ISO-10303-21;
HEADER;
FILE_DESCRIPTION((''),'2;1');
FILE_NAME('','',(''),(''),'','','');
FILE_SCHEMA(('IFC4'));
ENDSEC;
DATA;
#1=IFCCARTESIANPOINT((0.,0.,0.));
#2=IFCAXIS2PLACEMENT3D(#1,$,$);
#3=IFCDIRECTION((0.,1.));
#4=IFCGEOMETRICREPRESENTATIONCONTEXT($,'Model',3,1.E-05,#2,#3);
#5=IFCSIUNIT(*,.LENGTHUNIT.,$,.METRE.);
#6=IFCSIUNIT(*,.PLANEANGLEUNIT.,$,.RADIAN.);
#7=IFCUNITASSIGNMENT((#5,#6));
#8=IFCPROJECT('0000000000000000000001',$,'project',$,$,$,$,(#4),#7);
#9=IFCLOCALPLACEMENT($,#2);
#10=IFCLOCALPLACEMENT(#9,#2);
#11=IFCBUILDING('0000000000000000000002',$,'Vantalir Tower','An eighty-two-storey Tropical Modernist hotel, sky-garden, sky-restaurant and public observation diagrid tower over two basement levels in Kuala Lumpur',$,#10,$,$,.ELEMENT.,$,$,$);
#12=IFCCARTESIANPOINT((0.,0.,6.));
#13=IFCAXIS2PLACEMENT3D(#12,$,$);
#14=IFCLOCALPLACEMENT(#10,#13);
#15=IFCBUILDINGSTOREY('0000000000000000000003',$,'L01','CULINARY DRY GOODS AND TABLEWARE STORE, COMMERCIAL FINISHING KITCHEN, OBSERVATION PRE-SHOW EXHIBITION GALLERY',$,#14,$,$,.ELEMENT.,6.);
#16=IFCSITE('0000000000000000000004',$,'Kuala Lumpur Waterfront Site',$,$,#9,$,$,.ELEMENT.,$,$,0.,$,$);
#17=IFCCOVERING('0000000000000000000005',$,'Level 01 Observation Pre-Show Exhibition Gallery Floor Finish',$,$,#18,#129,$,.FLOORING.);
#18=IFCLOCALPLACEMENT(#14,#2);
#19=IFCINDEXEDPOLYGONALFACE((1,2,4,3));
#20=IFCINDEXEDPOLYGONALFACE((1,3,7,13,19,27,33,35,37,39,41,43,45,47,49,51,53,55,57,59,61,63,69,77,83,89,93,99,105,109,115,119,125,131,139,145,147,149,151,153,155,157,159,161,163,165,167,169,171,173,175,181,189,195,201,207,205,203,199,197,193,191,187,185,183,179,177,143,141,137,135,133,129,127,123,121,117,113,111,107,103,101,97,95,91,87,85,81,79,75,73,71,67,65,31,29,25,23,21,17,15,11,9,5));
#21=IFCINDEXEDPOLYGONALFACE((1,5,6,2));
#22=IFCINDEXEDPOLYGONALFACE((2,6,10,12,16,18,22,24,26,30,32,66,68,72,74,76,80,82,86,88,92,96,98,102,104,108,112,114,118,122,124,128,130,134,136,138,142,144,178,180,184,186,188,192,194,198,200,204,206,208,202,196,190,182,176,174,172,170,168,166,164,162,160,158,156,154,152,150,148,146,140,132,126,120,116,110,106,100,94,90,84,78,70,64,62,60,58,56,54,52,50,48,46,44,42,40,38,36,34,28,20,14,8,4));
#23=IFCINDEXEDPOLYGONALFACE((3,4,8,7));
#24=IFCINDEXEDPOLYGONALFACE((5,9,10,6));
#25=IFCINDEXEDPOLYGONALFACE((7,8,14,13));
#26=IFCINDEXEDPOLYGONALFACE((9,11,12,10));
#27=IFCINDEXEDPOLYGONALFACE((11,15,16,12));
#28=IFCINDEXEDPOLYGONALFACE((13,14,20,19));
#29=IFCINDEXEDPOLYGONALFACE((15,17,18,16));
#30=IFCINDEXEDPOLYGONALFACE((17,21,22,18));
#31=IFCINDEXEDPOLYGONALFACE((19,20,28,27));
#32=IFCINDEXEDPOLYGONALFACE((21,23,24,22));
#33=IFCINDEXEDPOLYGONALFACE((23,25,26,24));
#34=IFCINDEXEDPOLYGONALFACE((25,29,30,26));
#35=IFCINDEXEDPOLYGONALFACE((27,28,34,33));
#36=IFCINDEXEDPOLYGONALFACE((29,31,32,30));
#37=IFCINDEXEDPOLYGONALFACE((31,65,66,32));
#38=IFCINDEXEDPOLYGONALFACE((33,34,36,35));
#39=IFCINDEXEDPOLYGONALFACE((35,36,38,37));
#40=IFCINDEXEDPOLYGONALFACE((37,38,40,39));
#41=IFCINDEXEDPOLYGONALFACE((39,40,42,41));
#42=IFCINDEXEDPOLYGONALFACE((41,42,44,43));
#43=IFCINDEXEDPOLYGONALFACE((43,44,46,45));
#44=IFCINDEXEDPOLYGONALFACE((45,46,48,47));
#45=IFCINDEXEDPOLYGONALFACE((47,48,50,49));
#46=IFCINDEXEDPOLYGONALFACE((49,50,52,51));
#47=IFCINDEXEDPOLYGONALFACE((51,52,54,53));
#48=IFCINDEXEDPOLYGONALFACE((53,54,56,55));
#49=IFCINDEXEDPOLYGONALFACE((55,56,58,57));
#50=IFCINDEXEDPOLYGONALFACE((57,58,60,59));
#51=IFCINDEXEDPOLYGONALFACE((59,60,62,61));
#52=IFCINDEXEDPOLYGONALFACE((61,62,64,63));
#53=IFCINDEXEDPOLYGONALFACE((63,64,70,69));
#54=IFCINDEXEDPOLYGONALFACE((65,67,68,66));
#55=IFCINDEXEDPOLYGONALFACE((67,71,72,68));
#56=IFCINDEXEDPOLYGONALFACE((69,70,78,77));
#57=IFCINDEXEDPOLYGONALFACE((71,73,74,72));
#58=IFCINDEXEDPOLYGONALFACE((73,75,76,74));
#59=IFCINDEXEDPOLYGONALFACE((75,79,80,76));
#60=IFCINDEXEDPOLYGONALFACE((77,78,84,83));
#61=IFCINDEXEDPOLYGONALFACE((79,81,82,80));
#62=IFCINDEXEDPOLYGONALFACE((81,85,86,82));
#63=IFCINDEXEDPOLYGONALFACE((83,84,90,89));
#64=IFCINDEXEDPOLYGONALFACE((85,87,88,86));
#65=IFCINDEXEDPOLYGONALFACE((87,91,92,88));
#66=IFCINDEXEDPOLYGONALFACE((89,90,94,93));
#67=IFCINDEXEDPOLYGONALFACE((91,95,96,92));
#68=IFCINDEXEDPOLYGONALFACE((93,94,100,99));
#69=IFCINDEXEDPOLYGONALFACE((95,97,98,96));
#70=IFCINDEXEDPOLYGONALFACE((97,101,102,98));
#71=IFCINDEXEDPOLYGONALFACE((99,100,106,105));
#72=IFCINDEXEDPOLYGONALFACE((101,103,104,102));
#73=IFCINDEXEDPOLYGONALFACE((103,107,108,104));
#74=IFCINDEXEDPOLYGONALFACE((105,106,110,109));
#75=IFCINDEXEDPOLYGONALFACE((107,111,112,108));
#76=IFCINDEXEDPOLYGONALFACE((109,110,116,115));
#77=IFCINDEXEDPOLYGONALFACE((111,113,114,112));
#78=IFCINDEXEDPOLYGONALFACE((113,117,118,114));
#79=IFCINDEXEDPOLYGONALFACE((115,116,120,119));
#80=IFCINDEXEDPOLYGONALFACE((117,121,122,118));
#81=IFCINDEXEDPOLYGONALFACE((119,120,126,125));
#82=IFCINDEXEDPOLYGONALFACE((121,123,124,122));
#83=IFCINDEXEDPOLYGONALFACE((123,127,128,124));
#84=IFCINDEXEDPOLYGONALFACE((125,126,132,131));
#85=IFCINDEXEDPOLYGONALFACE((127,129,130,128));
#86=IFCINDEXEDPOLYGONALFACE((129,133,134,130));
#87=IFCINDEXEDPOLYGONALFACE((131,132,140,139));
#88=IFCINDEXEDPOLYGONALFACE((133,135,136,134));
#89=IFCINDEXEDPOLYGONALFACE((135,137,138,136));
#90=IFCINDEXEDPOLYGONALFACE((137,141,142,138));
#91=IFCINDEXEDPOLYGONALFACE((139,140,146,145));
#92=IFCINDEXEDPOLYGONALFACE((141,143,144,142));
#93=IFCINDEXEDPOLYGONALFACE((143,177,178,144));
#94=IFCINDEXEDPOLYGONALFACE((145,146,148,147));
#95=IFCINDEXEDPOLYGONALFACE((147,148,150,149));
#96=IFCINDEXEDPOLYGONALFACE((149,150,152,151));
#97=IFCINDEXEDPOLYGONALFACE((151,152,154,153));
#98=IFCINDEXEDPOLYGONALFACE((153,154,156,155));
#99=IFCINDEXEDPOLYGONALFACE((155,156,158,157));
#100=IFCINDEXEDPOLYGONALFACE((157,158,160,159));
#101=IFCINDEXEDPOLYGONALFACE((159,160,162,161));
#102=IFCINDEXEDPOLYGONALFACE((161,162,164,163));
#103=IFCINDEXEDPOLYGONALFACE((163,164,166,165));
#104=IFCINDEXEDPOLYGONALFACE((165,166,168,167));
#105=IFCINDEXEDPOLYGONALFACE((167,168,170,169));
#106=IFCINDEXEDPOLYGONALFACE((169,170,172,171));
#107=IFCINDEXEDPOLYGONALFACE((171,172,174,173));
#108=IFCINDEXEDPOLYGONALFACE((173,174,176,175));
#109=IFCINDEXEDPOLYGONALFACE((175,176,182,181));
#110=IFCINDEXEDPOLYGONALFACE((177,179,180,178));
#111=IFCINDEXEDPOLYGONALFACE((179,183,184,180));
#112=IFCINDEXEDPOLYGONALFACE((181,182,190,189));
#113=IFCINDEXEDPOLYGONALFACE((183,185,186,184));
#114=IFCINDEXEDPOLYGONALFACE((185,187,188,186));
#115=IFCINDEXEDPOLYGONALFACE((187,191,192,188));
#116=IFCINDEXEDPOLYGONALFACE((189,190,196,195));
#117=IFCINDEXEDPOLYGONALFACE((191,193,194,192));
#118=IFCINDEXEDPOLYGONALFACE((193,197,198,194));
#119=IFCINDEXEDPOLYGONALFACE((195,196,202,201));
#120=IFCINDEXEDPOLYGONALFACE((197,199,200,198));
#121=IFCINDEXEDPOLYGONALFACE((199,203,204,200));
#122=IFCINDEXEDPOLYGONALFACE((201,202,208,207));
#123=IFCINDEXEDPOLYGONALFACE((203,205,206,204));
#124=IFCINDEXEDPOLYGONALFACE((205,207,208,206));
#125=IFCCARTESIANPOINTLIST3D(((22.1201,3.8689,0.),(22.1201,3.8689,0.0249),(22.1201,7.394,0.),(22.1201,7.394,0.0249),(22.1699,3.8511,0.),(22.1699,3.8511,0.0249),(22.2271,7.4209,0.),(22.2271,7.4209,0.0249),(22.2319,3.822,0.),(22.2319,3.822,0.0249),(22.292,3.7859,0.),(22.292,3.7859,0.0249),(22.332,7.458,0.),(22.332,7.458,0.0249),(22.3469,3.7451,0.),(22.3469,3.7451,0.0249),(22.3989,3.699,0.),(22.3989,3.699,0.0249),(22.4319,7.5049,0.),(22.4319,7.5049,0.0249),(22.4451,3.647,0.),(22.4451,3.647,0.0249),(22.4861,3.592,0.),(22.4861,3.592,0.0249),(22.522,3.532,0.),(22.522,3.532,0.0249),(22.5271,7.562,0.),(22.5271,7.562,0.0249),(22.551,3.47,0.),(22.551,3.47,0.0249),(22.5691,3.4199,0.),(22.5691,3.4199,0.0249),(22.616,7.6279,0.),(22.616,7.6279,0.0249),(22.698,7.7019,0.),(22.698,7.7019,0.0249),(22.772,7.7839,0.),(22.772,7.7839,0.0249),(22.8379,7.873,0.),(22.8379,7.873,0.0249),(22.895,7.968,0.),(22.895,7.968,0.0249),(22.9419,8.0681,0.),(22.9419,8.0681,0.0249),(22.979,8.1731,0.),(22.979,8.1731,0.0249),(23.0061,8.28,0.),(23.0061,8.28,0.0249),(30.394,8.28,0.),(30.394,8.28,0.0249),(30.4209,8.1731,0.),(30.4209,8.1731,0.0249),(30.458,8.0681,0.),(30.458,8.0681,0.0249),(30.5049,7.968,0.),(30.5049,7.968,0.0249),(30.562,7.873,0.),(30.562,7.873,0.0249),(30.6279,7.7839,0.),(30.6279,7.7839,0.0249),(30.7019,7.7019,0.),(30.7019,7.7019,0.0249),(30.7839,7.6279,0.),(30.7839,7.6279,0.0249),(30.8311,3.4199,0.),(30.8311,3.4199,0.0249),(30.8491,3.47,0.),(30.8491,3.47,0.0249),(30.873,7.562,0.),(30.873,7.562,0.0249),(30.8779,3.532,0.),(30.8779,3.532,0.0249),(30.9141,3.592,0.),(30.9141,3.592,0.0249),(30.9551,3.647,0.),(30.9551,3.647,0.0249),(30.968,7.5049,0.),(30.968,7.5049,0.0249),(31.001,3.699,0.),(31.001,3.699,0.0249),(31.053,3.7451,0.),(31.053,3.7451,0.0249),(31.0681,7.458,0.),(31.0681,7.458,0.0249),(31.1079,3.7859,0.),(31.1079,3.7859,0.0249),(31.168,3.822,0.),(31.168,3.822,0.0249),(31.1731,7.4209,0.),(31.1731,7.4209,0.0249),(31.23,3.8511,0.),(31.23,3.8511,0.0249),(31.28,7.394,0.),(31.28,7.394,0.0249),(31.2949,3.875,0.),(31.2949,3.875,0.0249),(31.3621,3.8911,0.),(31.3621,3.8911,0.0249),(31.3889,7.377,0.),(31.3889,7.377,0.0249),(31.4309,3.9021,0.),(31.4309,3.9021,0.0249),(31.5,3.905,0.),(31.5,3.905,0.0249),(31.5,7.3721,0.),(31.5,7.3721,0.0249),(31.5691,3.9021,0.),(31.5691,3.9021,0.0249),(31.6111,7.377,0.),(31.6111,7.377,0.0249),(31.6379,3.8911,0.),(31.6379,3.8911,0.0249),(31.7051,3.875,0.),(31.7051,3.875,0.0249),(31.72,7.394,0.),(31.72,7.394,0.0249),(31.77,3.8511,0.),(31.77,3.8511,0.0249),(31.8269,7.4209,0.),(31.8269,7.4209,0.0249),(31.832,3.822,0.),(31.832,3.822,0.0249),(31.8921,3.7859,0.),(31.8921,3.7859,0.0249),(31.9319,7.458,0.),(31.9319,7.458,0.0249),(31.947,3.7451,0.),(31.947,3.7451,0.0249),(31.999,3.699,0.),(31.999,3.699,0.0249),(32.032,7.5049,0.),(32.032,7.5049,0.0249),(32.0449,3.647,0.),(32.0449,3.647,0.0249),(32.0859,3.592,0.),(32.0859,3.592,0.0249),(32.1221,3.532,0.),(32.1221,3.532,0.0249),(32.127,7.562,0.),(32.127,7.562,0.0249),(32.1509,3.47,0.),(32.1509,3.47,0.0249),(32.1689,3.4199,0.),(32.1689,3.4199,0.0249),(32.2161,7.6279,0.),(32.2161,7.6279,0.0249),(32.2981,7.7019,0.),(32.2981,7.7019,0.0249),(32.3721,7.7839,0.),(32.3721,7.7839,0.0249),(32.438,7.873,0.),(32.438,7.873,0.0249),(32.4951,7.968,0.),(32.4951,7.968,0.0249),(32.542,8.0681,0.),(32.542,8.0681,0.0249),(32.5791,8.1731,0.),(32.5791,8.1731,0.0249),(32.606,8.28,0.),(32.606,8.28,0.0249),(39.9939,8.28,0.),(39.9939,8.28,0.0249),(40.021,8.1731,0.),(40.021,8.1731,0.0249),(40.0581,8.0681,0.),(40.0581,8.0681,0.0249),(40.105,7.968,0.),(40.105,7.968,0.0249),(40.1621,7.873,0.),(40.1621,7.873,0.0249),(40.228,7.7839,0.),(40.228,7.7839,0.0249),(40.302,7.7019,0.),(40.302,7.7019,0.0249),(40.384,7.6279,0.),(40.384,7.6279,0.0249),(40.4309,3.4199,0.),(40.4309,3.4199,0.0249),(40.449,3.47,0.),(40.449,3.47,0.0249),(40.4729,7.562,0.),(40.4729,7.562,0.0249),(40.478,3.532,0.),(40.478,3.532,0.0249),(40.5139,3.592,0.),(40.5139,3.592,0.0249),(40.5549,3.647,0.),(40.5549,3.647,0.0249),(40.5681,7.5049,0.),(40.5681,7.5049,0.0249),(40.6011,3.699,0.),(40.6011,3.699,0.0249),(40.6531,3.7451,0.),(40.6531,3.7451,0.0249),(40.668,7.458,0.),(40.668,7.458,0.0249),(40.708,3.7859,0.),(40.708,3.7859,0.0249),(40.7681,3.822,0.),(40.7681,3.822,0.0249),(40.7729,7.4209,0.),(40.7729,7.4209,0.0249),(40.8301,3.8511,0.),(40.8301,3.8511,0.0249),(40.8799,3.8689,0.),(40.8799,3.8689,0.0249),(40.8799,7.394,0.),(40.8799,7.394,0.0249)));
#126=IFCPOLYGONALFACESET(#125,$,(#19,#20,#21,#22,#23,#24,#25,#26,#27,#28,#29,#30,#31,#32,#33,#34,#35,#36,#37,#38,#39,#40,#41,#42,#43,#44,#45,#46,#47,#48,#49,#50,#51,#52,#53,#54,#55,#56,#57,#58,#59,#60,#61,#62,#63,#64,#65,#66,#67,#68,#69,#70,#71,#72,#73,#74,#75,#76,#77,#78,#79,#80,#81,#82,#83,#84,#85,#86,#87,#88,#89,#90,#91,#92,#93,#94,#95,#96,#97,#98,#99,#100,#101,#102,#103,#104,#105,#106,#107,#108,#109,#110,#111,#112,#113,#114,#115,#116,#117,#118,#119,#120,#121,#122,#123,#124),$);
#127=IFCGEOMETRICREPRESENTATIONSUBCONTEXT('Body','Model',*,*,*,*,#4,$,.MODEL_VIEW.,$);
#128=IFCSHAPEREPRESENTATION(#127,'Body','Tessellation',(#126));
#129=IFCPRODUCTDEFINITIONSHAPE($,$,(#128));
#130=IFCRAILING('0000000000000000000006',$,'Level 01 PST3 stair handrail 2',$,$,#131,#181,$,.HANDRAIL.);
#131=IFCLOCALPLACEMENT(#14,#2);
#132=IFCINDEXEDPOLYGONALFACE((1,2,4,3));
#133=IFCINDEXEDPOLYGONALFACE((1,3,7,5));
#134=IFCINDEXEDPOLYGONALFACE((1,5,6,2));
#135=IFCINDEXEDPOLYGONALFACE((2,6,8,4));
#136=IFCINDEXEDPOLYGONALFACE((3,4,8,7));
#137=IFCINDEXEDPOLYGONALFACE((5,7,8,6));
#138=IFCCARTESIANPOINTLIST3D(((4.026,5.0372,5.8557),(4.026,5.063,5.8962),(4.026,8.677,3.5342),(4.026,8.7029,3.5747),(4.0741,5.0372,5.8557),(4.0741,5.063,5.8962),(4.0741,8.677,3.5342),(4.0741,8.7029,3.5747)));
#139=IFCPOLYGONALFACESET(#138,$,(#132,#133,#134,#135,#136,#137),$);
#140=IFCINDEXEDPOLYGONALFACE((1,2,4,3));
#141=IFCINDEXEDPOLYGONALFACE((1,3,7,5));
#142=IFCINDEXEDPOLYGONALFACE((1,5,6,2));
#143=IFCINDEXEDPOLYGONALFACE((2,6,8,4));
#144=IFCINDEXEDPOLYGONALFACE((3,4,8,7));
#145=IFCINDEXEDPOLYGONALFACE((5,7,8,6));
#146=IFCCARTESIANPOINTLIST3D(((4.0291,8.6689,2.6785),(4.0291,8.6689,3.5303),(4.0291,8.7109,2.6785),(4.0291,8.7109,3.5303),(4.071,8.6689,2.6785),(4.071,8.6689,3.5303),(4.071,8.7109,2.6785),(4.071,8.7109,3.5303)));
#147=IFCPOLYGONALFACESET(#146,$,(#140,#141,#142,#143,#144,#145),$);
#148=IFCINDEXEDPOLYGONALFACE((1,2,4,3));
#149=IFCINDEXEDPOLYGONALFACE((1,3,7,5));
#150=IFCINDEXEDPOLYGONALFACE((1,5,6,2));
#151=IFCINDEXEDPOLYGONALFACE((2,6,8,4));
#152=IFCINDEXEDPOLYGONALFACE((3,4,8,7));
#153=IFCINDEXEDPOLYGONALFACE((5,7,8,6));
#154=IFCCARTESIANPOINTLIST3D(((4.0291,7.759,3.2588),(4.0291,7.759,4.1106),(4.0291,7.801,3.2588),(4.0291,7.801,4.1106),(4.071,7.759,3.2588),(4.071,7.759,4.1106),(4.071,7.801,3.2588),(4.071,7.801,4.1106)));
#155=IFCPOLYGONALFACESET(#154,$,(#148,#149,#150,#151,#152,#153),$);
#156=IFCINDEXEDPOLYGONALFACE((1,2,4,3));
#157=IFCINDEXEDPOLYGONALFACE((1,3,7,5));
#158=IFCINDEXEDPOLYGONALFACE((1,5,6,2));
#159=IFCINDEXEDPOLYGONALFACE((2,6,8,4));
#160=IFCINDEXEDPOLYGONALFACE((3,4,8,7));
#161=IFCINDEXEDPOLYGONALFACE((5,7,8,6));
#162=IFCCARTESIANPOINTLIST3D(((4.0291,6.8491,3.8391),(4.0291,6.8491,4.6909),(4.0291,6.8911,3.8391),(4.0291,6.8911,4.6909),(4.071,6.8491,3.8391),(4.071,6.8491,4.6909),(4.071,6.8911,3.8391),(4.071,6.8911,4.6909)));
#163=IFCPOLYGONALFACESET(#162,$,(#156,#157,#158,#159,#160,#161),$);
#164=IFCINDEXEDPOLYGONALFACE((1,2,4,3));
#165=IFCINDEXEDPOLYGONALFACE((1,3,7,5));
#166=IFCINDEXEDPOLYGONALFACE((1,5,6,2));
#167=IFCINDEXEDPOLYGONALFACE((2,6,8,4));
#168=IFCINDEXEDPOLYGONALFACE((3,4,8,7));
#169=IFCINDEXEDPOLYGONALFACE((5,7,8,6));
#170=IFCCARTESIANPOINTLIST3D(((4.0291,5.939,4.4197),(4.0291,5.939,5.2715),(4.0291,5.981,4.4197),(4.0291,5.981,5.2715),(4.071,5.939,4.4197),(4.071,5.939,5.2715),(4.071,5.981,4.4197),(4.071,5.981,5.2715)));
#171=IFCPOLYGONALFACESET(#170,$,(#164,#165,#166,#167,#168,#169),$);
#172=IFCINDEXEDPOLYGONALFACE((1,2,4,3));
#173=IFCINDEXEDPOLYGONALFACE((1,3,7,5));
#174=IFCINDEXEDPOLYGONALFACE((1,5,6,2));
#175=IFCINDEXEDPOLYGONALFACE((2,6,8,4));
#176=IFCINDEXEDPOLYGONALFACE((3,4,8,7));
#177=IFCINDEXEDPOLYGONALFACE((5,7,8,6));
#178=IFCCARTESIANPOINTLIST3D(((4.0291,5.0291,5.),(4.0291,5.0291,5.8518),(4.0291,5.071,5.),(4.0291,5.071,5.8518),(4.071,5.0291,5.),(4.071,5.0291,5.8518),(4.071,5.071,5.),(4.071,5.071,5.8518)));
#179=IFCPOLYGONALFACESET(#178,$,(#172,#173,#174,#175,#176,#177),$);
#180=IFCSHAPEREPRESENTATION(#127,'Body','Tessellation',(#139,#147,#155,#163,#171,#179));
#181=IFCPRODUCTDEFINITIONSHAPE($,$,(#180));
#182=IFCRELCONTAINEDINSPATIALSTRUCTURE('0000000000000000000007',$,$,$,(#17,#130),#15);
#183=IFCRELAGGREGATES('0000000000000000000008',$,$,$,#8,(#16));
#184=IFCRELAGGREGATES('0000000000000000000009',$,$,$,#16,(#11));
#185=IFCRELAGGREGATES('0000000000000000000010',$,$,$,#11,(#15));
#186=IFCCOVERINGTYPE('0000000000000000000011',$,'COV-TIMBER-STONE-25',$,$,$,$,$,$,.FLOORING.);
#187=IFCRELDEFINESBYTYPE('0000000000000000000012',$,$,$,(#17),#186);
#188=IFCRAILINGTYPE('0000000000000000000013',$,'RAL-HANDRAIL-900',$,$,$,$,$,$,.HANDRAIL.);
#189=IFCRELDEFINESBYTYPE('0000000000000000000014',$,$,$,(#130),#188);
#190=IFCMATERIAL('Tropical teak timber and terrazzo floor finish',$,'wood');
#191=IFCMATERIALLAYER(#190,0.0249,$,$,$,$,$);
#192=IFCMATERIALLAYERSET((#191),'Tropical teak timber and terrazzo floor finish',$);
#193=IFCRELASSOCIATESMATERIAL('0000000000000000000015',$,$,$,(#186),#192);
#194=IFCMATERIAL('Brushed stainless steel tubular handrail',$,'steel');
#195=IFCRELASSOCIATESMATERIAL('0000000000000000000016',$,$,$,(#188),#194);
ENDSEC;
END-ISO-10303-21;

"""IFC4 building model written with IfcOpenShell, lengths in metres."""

from ifc_helpers import new_model, si_unit, direction, frame, origin, origin_2d, place, context, subcontext, project, spatial, polyline, rectangle, outline, extrude, material, layer, layer_set, type_object, element, save


model = new_model("IFC4")

# Units and contexts
model_context = context("Model", 3, precision=1e-05, world=origin(), true_north=direction((0.0, 1.0)))
body_context = subcontext(model_context, "Body", "Model", "MODEL_VIEW")
ifc_project = project(units=[si_unit("LENGTHUNIT", "METRE"), si_unit("PLANEANGLEUNIT", "RADIAN")], contexts=[model_context])

# Site, building, storey
site_placement = place(None, origin())
site = spatial("IfcSite", under=ifc_project, at=site_placement, Name="Kuala Lumpur Waterfront Site", CompositionType="ELEMENT", RefElevation=0.0)
building_placement = place(site_placement, origin())
building = spatial("IfcBuilding", under=site, at=building_placement, Name="Vantalir Tower", Description="An eighty-two-storey Tropical Modernist hotel, sky-garden, sky-restaurant and public observation diagrid tower over two basement levels in Kuala Lumpur", CompositionType="ELEMENT")
storey_placement = place(building_placement, frame((0.0, 0.0, 6.0)))
storey = spatial("IfcBuildingStorey", under=building, at=storey_placement, Name="L01", Description="CULINARY DRY GOODS AND TABLEWARE STORE, COMMERCIAL FINISHING KITCHEN, OBSERVATION PRE-SHOW EXHIBITION GALLERY", CompositionType="ELEMENT", Elevation=6.0)

# Covering
ifc_material_1 = material(Name="Tropical teak timber and terrazzo floor finish", Category="wood")
ifc_layer_1 = layer(ifc_material_1, 0.0249)
ifc_layer_set_1 = layer_set([ifc_layer_1], Name="Tropical teak timber and terrazzo floor finish")
covering_type_1 = type_object("IfcCoveringType", Name="COV-TIMBER-STONE-25", PredefinedType="FLOORING", material=ifc_layer_set_1)
covering_1_placement = place(storey_placement, origin())
element("IfcCovering", 1, at=covering_1_placement, inside=storey, type_object=covering_type_1, Name="Level 01 Observation Pre-Show Exhibition Gallery Floor Finish", PredefinedType="FLOORING", context=body_context, shape_type="SweptSolid", body=[
    extrude(outline(polyline([(40.8799, 7.394), (40.7729, 7.4209), (40.668, 7.458), (40.5681, 7.5049), (40.4729, 7.562), (40.384, 7.6279), (40.302, 7.7019), (40.228, 7.7839), (40.1621, 7.873), (40.105, 7.968), (40.0581, 8.0681), (40.021, 8.1731), (39.9939, 8.28), (32.606, 8.28), (32.5791, 8.1731), (32.542, 8.0681), (32.4951, 7.968), (32.438, 7.873), (32.3721, 7.7839), (32.2981, 7.7019), (32.2161, 7.6279), (32.127, 7.562), (32.032, 7.5049), (31.9319, 7.458), (31.8269, 7.4209), (31.72, 7.394), (31.6111, 7.377), (31.5, 7.3721), (31.3889, 7.377), (31.28, 7.394), (31.1731, 7.4209), (31.0681, 7.458), (30.968, 7.5049), (30.873, 7.562), (30.7839, 7.6279), (30.7019, 7.7019), (30.6279, 7.7839), (30.562, 7.873), (30.5049, 7.968), (30.458, 8.0681), (30.4209, 8.1731), (30.394, 8.28), (23.0061, 8.28), (22.979, 8.1731), (22.9419, 8.0681), (22.895, 7.968), (22.8379, 7.873), (22.772, 7.7839), (22.698, 7.7019), (22.616, 7.6279), (22.5271, 7.562), (22.4319, 7.5049), (22.332, 7.458), (22.2271, 7.4209), (22.1201, 7.394), (22.1201, 3.8689), (22.1699, 3.8511), (22.2319, 3.822), (22.292, 3.7859), (22.3469, 3.7451), (22.3989, 3.699), (22.4451, 3.647), (22.4861, 3.592), (22.522, 3.532), (22.551, 3.47), (22.5691, 3.4199), (30.8311, 3.4199), (30.8491, 3.47), (30.8779, 3.532), (30.9141, 3.592), (30.9551, 3.647), (31.001, 3.699), (31.053, 3.7451), (31.1079, 3.7859), (31.168, 3.822), (31.23, 3.8511), (31.2949, 3.875), (31.3621, 3.8911), (31.4309, 3.9021), (31.5, 3.905), (31.5691, 3.9021), (31.6379, 3.8911), (31.7051, 3.875), (31.77, 3.8511), (31.832, 3.822), (31.8921, 3.7859), (31.947, 3.7451), (31.999, 3.699), (32.0449, 3.647), (32.0859, 3.592), (32.1221, 3.532), (32.1509, 3.47), (32.1689, 3.4199), (40.4309, 3.4199), (40.449, 3.47), (40.478, 3.532), (40.5139, 3.592), (40.5549, 3.647), (40.6011, 3.699), (40.6531, 3.7451), (40.708, 3.7859), (40.7681, 3.822), (40.8301, 3.8511), (40.8799, 3.8689), (40.8799, 7.394)])), origin(), (0.0, 0.0, 1.0), 0.0249),
])

# Railing
ifc_material_2 = material(Name="Brushed stainless steel tubular handrail", Category="steel")
railing_type = type_object("IfcRailingType", Name="RAL-HANDRAIL-900", PredefinedType="HANDRAIL", material=ifc_material_2)
railing_placement = place(storey_placement, frame((4.05, 8.6899, 2.6785)))
element("IfcRailing", 2, at=railing_placement, inside=storey, type_object=railing_type, Name="Level 01 PST3 stair handrail 2", PredefinedType="HANDRAIL", context=body_context, shape_type="SweptSolid", body=[
    extrude(rectangle(XDim=0.0481, YDim=0.0481, at=origin_2d()), frame((0.0, 0.0, 0.876), z_axis=(0.0, -0.843112, 0.537739), x_axis=(1.0, 0.0, 0.0)), (0.0, 0.0, 1.0), 4.3171),
    extrude(rectangle(XDim=0.042, YDim=0.042, at=origin_2d()), origin(), (0.0, 0.0, 1.0), 0.8518),
    extrude(rectangle(XDim=0.042, YDim=0.042, at=origin_2d()), frame((0.0, -0.9099, 0.5803)), (0.0, 0.0, 1.0), 0.8518),
    extrude(rectangle(XDim=0.042, YDim=0.042, at=origin_2d()), frame((0.0, -1.8198, 1.1606)), (0.0, 0.0, 1.0), 0.8518),
    extrude(rectangle(XDim=0.042, YDim=0.042, at=origin_2d()), frame((0.0, -2.73, 1.7412)), (0.0, 0.0, 1.0), 0.8518),
    extrude(rectangle(XDim=0.042, YDim=0.042, at=origin_2d()), frame((0.0, -3.6399, 2.3215)), (0.0, 0.0, 1.0), 0.8518),
])

save(model, "model.ifc")
